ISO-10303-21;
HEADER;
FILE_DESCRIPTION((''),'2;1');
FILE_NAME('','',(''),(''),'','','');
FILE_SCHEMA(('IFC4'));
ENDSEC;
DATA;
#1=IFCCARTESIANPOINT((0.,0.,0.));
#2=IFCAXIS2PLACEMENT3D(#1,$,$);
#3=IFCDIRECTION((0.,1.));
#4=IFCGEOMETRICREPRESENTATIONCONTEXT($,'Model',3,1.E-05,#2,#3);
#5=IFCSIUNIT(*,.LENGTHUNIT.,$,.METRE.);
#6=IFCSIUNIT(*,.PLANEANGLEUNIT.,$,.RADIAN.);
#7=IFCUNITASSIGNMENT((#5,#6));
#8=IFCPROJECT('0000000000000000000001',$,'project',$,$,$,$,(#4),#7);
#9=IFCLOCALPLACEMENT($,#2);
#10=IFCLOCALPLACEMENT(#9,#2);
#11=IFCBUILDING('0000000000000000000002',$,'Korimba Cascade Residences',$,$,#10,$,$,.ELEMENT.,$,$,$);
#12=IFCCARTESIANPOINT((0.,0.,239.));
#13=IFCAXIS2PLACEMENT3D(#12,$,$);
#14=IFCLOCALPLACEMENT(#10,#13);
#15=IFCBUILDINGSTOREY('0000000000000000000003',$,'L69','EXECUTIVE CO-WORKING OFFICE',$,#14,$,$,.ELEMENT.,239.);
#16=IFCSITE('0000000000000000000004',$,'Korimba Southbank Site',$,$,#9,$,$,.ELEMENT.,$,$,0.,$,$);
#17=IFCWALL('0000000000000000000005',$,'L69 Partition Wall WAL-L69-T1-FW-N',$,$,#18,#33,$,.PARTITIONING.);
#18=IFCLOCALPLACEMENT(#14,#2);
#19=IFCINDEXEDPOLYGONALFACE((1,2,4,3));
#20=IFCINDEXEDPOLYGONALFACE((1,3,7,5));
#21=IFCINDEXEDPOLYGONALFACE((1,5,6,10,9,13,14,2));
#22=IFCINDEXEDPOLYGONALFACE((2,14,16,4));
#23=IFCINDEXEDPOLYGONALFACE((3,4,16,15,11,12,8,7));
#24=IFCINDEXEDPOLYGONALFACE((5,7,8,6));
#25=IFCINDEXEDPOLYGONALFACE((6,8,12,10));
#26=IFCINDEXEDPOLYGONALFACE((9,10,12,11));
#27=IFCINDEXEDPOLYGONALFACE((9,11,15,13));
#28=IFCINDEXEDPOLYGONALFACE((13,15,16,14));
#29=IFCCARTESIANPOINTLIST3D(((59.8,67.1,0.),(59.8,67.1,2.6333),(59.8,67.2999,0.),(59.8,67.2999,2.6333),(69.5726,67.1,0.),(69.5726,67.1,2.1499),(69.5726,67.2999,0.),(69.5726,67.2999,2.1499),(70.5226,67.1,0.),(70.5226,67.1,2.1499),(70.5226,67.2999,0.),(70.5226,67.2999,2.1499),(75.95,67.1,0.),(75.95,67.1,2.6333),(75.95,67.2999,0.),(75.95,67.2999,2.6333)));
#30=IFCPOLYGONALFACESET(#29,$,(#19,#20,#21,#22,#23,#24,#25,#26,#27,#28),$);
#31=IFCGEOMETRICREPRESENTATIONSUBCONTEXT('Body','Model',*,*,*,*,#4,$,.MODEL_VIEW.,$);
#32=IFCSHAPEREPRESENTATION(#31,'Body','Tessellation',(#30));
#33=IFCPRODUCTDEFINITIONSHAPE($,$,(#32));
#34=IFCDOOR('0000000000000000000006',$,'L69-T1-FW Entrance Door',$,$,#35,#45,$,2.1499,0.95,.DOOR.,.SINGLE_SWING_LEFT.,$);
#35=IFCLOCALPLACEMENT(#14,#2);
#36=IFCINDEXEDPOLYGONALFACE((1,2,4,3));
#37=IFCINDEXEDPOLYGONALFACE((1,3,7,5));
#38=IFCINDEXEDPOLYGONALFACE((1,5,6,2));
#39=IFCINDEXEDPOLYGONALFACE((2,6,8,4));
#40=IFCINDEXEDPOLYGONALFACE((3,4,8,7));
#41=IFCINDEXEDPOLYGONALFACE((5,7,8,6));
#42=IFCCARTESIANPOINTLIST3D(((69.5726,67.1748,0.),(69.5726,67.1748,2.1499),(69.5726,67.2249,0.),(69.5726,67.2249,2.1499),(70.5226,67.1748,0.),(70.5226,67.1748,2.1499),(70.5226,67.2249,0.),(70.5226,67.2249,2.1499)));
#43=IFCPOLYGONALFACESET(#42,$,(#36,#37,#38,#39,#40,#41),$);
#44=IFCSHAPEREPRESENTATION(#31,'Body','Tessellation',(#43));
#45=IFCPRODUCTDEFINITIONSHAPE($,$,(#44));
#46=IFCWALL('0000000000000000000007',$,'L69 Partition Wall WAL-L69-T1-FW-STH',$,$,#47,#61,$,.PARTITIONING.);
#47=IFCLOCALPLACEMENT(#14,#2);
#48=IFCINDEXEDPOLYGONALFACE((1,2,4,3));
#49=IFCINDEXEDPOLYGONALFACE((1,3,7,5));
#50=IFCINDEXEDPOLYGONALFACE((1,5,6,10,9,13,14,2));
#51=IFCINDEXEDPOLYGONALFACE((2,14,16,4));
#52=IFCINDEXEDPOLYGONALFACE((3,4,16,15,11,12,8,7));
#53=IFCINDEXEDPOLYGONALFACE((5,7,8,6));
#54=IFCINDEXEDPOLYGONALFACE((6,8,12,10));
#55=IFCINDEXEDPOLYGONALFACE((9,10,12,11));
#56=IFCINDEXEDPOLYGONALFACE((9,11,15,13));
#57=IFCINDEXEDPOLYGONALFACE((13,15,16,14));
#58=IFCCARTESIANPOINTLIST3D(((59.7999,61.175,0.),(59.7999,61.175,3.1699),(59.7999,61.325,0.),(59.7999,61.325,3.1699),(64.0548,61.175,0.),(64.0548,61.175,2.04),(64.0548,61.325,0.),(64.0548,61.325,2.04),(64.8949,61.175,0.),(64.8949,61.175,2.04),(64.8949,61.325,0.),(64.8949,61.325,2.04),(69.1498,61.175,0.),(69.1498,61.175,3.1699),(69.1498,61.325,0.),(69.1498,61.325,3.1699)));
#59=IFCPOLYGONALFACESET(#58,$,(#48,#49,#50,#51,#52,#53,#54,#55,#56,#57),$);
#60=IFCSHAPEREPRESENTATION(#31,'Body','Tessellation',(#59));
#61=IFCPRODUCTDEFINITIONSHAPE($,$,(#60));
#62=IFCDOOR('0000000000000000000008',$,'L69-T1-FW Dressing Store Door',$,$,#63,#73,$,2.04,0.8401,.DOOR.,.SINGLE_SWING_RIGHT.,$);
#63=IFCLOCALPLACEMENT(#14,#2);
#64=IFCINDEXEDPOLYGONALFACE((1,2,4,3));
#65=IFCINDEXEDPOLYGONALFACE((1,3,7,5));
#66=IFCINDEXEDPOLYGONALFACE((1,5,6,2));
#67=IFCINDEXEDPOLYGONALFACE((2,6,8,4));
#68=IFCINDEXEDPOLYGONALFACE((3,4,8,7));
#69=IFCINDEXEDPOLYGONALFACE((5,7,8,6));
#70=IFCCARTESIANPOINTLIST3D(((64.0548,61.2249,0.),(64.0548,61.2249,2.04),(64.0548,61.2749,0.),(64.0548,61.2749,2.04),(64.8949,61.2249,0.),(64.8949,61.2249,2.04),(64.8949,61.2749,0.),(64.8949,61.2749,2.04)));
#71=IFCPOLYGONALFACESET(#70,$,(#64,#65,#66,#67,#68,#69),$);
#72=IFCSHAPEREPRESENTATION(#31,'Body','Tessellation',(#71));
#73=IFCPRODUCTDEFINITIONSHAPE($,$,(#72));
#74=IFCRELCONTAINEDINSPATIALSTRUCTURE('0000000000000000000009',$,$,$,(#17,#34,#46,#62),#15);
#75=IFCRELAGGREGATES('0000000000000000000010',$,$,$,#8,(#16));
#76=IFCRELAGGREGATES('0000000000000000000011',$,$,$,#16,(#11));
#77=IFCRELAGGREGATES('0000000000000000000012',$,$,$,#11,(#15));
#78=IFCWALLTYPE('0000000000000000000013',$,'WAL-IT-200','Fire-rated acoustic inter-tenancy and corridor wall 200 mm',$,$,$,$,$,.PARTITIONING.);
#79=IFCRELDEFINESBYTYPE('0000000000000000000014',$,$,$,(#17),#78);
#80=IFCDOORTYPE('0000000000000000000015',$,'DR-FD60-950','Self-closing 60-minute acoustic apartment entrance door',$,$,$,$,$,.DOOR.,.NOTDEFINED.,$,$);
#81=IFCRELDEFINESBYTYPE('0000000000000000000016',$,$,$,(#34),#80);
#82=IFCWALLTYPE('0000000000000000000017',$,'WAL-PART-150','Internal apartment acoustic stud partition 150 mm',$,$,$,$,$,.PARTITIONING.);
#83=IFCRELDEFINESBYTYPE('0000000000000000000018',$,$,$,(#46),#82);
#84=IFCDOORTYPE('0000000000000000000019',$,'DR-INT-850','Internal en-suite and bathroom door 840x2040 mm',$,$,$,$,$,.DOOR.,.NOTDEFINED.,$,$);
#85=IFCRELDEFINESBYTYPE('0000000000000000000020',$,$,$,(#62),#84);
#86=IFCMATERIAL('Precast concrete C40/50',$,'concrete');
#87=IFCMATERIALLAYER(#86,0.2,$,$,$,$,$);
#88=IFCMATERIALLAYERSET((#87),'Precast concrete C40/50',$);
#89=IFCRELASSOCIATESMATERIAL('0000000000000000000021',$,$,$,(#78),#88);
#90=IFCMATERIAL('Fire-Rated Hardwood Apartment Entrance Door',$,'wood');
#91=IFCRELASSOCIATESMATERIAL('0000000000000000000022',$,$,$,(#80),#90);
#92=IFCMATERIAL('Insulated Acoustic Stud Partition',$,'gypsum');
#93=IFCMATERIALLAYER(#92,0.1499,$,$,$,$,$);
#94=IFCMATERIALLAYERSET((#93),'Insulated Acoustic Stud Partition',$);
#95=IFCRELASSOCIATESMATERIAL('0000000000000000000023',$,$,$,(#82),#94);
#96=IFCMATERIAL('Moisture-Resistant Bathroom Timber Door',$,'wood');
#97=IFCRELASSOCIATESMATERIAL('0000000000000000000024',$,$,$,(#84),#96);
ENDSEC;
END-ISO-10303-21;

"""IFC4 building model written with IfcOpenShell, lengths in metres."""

from ifc_helpers import new_model, si_unit, direction, frame, frame_2d, origin, place, context, subcontext, project, spatial, rectangle, extrude, material, layer, layer_set, type_object, element, fill, save


model = new_model("IFC4")

# Units and contexts
model_context = context("Model", 3, precision=1e-05, world=origin(), true_north=direction((0.0, 1.0)))
body_context = subcontext(model_context, "Body", "Model", "MODEL_VIEW")
ifc_project = project(units=[si_unit("LENGTHUNIT", "METRE"), si_unit("PLANEANGLEUNIT", "RADIAN")], contexts=[model_context])

# Site, building, storey
site_placement = place(None, origin())
site = spatial("IfcSite", under=ifc_project, at=site_placement, Name="Korimba Southbank Site", CompositionType="ELEMENT", RefElevation=0.0)
building_placement = place(site_placement, origin())
building = spatial("IfcBuilding", under=site, at=building_placement, Name="Korimba Cascade Residences", CompositionType="ELEMENT")
storey_placement = place(building_placement, frame((0.0, 0.0, 239.0)))
storey = spatial("IfcBuildingStorey", under=building, at=storey_placement, Name="L69", Description="EXECUTIVE CO-WORKING OFFICE", CompositionType="ELEMENT", Elevation=239.0)

# Shared definitions
ifc_material_1 = material(Name="Precast concrete C40/50", Category="concrete")

# Shared definitions
ifc_layer_1 = layer(ifc_material_1, 0.2)
ifc_layer_set_1 = layer_set([ifc_layer_1], Name="Precast concrete C40/50")
wall_type_1 = type_object("IfcWallType", Name="WAL-IT-200", Description="Fire-rated acoustic inter-tenancy and corridor wall 200 mm", PredefinedType="PARTITIONING", material=ifc_layer_set_1)

# Walls, openings, doors
wall_1_placement = place(storey_placement, frame((59.8, 67.2, 0.0), z_axis=(0.0, 0.0, 1.0), x_axis=(1.0, 0.0, 0.0)))
wall_1 = element("IfcWall", 1, at=wall_1_placement, inside=storey, type_object=wall_type_1, Name="L69 Partition Wall WAL-L69-T1-FW-N", PredefinedType="PARTITIONING", context=body_context, shape_type="SweptSolid", body=[
    extrude(rectangle(XDim=16.1499, YDim=0.2, at=frame_2d((8.075, 0.0))), origin(), (0.0, 0.0, 1.0), 2.6333),
])
opening_1_placement = place(wall_1_placement, frame((9.7725, 0.0, 0.0)))
opening_1 = element("IfcOpeningElement", 2, at=opening_1_placement, cuts=wall_1, PredefinedType="OPENING", context=body_context, shape_type="SweptSolid", body=[
    extrude(rectangle(XDim=0.95, YDim=2.1499, at=frame_2d((0.4751, 1.075))), frame((0.0, 0.1099, 0.0), z_axis=(0.0, -1.0, 0.0), x_axis=(1.0, 0.0, 0.0)), (0.0, 0.0, 1.0), 0.22),
])
ifc_material_2 = material(Name="Fire-Rated Hardwood Apartment Entrance Door", Category="wood")
door_type_1 = type_object("IfcDoorType", Name="DR-FD60-950", Description="Self-closing 60-minute acoustic apartment entrance door", OperationType="NOTDEFINED", PredefinedType="DOOR", material=ifc_material_2)
door_1_placement = place(opening_1_placement, origin())
door_1 = element("IfcDoor", 3, at=door_1_placement, inside=storey, type_object=door_type_1, Name="L69-T1-FW Entrance Door", OperationType="SINGLE_SWING_LEFT", OverallHeight=2.1499, OverallWidth=0.95, PredefinedType="DOOR", context=body_context, shape_type="SweptSolid", body=[
    extrude(rectangle(XDim=0.95, YDim=2.1499, at=frame_2d((0.4751, 1.075))), frame((0.0, 0.0249, 0.0), z_axis=(0.0, -1.0, 0.0), x_axis=(1.0, 0.0, 0.0)), (0.0, 0.0, 1.0), 0.05),
])
fill(opening_1, door_1)
ifc_material_3 = material(Name="Insulated Acoustic Stud Partition", Category="gypsum")
ifc_layer_2 = layer(ifc_material_3, 0.1499)
ifc_layer_set_2 = layer_set([ifc_layer_2], Name="Insulated Acoustic Stud Partition")
wall_type_2 = type_object("IfcWallType", Name="WAL-PART-150", Description="Internal apartment acoustic stud partition 150 mm", PredefinedType="PARTITIONING", material=ifc_layer_set_2)
wall_2_placement = place(storey_placement, frame((59.8, 61.25, 0.0), z_axis=(0.0, 0.0, 1.0), x_axis=(1.0, 0.0, 0.0)))
wall_2 = element("IfcWall", 4, at=wall_2_placement, inside=storey, type_object=wall_type_2, Name="L69 Partition Wall WAL-L69-T1-FW-STH", PredefinedType="PARTITIONING", context=body_context, shape_type="SweptSolid", body=[
    extrude(rectangle(XDim=9.3499, YDim=0.1499, at=frame_2d((4.6748, 0.0))), origin(), (0.0, 0.0, 1.0), 3.1699),
])
opening_2_placement = place(wall_2_placement, frame((4.2549, 0.0, 0.0)))
opening_2 = element("IfcOpeningElement", 5, at=opening_2_placement, cuts=wall_2, PredefinedType="OPENING", context=body_context, shape_type="SweptSolid", body=[
    extrude(rectangle(XDim=0.8401, YDim=2.04, at=frame_2d((0.4199, 1.02))), frame((0.0, 0.085, 0.0), z_axis=(0.0, -1.0, 0.0), x_axis=(1.0, 0.0, 0.0)), (0.0, 0.0, 1.0), 0.1699),
])
ifc_material_4 = material(Name="Moisture-Resistant Bathroom Timber Door", Category="wood")
door_type_2 = type_object("IfcDoorType", Name="DR-INT-850", Description="Internal en-suite and bathroom door 840x2040 mm", OperationType="NOTDEFINED", PredefinedType="DOOR", material=ifc_material_4)
door_2_placement = place(opening_2_placement, origin())
door_2 = element("IfcDoor", 6, at=door_2_placement, inside=storey, type_object=door_type_2, Name="L69-T1-FW Dressing Store Door", OperationType="SINGLE_SWING_RIGHT", OverallHeight=2.04, OverallWidth=0.8401, PredefinedType="DOOR", context=body_context, shape_type="SweptSolid", body=[
    extrude(rectangle(XDim=0.8401, YDim=2.04, at=frame_2d((0.4199, 1.02))), frame((0.0, 0.0249, 0.0), z_axis=(0.0, -1.0, 0.0), x_axis=(1.0, 0.0, 0.0)), (0.0, 0.0, 1.0), 0.05),
])
fill(opening_2, door_2)

save(model, "model.ifc")
